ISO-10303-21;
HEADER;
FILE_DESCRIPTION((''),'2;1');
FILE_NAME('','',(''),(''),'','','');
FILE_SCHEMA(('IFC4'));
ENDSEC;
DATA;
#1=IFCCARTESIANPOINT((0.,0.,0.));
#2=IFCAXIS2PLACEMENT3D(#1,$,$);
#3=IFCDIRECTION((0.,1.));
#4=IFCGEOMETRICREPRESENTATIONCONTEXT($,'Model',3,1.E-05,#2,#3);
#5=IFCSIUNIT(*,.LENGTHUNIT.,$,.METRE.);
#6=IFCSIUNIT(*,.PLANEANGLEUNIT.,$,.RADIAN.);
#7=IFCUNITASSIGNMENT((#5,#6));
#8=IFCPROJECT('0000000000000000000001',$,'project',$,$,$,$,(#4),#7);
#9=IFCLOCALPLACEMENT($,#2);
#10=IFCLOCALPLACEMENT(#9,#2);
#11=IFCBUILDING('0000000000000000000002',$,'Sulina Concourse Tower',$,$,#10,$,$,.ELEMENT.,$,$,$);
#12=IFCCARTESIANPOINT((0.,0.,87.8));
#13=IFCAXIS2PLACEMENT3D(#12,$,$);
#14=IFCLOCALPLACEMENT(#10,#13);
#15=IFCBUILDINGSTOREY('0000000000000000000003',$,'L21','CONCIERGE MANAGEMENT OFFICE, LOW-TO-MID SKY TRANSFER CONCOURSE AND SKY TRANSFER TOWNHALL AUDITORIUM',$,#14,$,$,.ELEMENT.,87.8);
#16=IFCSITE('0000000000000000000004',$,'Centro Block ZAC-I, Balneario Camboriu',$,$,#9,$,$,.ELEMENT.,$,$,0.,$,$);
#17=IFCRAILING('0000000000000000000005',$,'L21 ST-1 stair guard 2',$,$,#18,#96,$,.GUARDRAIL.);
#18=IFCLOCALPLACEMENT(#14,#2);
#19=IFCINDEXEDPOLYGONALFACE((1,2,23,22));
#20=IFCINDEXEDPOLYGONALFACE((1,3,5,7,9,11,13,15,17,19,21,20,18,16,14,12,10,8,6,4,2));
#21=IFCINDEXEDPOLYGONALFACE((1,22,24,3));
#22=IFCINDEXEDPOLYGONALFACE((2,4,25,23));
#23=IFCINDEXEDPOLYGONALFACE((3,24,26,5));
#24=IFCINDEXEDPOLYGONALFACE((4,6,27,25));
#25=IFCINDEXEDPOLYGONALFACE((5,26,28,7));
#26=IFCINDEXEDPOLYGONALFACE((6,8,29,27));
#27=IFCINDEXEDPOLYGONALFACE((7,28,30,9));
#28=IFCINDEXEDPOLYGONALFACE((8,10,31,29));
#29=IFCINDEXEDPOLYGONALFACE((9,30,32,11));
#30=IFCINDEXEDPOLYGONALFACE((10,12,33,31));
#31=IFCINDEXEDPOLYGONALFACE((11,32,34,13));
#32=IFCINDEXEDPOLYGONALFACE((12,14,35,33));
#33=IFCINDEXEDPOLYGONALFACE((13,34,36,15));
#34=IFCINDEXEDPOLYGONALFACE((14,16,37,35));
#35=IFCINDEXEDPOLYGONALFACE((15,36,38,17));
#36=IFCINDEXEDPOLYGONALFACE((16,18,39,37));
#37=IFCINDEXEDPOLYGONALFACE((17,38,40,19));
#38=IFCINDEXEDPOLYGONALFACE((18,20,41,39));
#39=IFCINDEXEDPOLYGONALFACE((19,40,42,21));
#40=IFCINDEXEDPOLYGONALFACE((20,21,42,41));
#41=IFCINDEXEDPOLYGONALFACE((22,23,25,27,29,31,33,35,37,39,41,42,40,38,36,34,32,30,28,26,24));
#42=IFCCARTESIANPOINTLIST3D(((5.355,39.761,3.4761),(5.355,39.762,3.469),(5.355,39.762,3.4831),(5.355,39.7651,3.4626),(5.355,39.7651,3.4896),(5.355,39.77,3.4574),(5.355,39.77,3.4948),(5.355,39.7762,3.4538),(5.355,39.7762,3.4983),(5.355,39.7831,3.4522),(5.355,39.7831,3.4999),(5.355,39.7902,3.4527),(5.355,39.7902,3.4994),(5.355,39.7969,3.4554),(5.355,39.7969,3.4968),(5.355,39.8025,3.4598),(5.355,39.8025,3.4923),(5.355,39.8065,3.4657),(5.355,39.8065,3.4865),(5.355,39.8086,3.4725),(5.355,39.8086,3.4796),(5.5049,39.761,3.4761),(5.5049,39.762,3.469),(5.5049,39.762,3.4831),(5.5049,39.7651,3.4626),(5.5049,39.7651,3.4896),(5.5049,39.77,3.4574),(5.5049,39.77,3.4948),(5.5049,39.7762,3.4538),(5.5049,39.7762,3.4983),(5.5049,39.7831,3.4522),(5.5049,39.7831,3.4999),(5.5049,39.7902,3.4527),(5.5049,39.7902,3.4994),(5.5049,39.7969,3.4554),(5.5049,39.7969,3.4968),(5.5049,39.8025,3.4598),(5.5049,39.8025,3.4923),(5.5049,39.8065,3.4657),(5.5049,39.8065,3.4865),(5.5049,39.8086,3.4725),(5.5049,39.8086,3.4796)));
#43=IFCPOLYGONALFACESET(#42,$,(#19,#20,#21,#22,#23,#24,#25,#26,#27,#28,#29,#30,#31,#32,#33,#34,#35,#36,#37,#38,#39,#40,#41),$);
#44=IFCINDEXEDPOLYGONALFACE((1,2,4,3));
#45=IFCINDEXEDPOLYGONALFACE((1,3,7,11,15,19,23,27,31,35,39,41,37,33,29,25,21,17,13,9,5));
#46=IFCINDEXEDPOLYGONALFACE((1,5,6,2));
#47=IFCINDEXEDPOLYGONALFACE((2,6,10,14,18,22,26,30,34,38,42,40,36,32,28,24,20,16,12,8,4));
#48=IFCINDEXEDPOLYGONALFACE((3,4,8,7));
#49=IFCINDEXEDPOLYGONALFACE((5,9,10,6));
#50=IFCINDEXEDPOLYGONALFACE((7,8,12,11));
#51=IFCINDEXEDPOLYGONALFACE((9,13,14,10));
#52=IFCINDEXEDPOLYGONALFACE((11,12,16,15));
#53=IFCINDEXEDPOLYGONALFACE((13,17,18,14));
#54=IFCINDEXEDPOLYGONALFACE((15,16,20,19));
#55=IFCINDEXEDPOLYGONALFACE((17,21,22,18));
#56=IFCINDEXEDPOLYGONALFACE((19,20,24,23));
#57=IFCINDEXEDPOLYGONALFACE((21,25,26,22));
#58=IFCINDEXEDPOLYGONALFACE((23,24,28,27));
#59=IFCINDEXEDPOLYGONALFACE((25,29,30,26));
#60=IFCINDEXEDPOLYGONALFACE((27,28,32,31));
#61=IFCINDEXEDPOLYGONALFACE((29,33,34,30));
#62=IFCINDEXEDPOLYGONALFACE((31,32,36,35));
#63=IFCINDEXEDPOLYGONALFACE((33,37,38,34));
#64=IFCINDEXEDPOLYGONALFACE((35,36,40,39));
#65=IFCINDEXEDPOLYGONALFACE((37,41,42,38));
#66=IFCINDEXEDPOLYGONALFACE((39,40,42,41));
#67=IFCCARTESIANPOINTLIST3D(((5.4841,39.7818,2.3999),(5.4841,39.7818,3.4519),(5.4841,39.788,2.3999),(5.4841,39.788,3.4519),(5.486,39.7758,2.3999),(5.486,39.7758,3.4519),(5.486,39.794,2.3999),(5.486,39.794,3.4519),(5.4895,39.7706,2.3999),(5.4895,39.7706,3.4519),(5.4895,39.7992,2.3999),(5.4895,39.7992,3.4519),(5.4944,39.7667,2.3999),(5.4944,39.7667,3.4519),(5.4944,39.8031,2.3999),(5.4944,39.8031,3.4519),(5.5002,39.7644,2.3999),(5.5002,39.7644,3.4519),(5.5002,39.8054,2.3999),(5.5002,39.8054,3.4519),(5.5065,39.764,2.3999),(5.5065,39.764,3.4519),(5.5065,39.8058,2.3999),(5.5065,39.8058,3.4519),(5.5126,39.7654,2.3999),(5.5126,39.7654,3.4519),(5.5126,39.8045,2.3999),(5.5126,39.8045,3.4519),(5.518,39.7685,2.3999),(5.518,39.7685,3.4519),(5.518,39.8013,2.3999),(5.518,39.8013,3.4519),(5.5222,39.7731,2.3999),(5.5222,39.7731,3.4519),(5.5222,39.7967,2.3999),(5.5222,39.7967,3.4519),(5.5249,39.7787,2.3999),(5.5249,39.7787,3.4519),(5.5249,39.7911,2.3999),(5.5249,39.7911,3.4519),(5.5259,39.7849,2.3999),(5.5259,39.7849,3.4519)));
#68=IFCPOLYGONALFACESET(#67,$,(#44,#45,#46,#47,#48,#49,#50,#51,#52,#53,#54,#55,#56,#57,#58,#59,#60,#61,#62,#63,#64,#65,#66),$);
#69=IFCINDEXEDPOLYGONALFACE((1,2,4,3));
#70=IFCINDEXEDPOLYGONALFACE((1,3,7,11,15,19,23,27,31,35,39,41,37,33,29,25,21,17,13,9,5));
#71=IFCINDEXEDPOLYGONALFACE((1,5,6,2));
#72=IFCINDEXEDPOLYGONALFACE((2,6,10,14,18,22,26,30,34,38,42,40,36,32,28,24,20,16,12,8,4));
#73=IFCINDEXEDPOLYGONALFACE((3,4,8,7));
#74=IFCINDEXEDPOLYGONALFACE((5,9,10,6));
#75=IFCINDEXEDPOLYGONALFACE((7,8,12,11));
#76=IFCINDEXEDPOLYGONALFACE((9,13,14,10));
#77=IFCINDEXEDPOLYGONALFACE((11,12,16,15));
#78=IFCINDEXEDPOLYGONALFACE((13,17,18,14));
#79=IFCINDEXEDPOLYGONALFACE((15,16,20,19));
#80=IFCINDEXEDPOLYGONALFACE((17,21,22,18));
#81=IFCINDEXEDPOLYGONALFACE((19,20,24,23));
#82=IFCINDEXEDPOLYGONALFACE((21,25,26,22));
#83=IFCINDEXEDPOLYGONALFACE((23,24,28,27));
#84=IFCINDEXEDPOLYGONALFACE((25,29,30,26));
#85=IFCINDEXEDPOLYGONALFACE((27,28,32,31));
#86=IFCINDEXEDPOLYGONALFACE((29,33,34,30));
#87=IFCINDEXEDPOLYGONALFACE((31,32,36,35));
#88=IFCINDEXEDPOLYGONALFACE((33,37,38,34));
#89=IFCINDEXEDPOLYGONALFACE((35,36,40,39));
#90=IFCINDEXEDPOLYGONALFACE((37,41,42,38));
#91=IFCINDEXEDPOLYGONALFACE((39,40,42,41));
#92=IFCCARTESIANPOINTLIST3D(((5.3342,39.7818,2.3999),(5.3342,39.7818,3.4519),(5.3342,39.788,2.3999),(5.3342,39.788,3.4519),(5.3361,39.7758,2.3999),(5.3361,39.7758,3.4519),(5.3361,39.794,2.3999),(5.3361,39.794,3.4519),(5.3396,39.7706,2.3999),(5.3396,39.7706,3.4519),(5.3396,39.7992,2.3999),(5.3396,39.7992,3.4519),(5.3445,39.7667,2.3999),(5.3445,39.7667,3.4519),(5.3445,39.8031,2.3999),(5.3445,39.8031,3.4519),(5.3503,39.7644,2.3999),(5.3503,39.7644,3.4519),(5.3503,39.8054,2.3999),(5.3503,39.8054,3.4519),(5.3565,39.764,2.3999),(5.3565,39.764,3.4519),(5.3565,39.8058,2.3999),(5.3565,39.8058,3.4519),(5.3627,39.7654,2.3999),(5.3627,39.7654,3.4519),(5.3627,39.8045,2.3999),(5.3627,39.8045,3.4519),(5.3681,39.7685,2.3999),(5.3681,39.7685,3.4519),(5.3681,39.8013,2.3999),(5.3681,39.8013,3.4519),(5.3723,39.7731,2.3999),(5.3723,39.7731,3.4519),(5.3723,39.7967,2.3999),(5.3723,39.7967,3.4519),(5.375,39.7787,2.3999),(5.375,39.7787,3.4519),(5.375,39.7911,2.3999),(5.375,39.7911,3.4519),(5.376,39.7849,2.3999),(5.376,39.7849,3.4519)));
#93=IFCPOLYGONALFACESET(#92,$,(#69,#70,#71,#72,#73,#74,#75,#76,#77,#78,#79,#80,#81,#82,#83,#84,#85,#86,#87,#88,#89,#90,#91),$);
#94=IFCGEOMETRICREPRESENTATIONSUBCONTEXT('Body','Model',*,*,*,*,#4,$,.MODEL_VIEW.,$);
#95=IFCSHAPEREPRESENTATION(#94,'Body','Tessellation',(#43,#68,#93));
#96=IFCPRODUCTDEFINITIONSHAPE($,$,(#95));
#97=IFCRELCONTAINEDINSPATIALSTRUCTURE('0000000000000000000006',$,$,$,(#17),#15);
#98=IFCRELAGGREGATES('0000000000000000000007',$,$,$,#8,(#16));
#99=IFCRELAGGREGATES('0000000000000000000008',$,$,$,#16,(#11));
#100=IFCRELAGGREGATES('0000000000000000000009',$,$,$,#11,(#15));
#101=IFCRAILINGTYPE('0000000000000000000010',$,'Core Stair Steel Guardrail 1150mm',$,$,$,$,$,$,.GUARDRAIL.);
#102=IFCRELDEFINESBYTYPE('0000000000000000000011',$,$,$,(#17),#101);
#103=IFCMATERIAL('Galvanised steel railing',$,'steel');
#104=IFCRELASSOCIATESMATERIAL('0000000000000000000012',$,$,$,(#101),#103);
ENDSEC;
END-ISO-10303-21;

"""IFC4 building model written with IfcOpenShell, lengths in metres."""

from ifc_helpers import new_model, si_unit, direction, frame, origin, origin_2d, place, context, subcontext, project, spatial, circle, extrude, material, type_object, element, save


model = new_model("IFC4")

# Units and contexts
model_context = context("Model", 3, precision=1e-05, world=origin(), true_north=direction((0.0, 1.0)))
body_context = subcontext(model_context, "Body", "Model", "MODEL_VIEW")
ifc_project = project(units=[si_unit("LENGTHUNIT", "METRE"), si_unit("PLANEANGLEUNIT", "RADIAN")], contexts=[model_context])

# Site, building, storey
site_placement = place(None, origin())
site = spatial("IfcSite", under=ifc_project, at=site_placement, Name="Centro Block ZAC-I, Balneario Camboriu", CompositionType="ELEMENT", RefElevation=0.0)
building_placement = place(site_placement, origin())
building = spatial("IfcBuilding", under=site, at=building_placement, Name="Sulina Concourse Tower", CompositionType="ELEMENT")
storey_placement = place(building_placement, frame((0.0, 0.0, 87.8)))
storey = spatial("IfcBuildingStorey", under=building, at=storey_placement, Name="L21", Description="CONCIERGE MANAGEMENT OFFICE, LOW-TO-MID SKY TRANSFER CONCOURSE AND SKY TRANSFER TOWNHALL AUDITORIUM", CompositionType="ELEMENT", Elevation=87.8)

# Railing
ifc_material_1 = material(Name="Galvanised steel railing", Category="steel")
railing_type_1 = type_object("IfcRailingType", Name="Core Stair Steel Guardrail 1150mm", PredefinedType="GUARDRAIL", material=ifc_material_1)
railing_1_placement = place(storey_placement, frame((5.5049, 39.7849, 2.3999)))
element("IfcRailing", 1, at=railing_1_placement, inside=storey, type_object=railing_type_1, Name="L21 ST-1 stair guard 2", PredefinedType="GUARDRAIL", context=body_context, shape_type="SweptSolid", body=[
    extrude(circle(Radius=0.0239, at=origin_2d()), frame((0.0, 0.0, 1.0762), z_axis=(-1.0, 0.0, 0.0), x_axis=(0.0, -1.0, 0.0)), (0.0, 0.0, 1.0), 0.1499),
    extrude(circle(Radius=0.021, at=origin_2d()), origin(), (0.0, 0.0, 1.0), 1.052),
    extrude(circle(Radius=0.021, at=origin_2d()), frame((-0.1499, 0.0, 0.0)), (0.0, 0.0, 1.0), 1.052),
])

save(model, "model.ifc")
